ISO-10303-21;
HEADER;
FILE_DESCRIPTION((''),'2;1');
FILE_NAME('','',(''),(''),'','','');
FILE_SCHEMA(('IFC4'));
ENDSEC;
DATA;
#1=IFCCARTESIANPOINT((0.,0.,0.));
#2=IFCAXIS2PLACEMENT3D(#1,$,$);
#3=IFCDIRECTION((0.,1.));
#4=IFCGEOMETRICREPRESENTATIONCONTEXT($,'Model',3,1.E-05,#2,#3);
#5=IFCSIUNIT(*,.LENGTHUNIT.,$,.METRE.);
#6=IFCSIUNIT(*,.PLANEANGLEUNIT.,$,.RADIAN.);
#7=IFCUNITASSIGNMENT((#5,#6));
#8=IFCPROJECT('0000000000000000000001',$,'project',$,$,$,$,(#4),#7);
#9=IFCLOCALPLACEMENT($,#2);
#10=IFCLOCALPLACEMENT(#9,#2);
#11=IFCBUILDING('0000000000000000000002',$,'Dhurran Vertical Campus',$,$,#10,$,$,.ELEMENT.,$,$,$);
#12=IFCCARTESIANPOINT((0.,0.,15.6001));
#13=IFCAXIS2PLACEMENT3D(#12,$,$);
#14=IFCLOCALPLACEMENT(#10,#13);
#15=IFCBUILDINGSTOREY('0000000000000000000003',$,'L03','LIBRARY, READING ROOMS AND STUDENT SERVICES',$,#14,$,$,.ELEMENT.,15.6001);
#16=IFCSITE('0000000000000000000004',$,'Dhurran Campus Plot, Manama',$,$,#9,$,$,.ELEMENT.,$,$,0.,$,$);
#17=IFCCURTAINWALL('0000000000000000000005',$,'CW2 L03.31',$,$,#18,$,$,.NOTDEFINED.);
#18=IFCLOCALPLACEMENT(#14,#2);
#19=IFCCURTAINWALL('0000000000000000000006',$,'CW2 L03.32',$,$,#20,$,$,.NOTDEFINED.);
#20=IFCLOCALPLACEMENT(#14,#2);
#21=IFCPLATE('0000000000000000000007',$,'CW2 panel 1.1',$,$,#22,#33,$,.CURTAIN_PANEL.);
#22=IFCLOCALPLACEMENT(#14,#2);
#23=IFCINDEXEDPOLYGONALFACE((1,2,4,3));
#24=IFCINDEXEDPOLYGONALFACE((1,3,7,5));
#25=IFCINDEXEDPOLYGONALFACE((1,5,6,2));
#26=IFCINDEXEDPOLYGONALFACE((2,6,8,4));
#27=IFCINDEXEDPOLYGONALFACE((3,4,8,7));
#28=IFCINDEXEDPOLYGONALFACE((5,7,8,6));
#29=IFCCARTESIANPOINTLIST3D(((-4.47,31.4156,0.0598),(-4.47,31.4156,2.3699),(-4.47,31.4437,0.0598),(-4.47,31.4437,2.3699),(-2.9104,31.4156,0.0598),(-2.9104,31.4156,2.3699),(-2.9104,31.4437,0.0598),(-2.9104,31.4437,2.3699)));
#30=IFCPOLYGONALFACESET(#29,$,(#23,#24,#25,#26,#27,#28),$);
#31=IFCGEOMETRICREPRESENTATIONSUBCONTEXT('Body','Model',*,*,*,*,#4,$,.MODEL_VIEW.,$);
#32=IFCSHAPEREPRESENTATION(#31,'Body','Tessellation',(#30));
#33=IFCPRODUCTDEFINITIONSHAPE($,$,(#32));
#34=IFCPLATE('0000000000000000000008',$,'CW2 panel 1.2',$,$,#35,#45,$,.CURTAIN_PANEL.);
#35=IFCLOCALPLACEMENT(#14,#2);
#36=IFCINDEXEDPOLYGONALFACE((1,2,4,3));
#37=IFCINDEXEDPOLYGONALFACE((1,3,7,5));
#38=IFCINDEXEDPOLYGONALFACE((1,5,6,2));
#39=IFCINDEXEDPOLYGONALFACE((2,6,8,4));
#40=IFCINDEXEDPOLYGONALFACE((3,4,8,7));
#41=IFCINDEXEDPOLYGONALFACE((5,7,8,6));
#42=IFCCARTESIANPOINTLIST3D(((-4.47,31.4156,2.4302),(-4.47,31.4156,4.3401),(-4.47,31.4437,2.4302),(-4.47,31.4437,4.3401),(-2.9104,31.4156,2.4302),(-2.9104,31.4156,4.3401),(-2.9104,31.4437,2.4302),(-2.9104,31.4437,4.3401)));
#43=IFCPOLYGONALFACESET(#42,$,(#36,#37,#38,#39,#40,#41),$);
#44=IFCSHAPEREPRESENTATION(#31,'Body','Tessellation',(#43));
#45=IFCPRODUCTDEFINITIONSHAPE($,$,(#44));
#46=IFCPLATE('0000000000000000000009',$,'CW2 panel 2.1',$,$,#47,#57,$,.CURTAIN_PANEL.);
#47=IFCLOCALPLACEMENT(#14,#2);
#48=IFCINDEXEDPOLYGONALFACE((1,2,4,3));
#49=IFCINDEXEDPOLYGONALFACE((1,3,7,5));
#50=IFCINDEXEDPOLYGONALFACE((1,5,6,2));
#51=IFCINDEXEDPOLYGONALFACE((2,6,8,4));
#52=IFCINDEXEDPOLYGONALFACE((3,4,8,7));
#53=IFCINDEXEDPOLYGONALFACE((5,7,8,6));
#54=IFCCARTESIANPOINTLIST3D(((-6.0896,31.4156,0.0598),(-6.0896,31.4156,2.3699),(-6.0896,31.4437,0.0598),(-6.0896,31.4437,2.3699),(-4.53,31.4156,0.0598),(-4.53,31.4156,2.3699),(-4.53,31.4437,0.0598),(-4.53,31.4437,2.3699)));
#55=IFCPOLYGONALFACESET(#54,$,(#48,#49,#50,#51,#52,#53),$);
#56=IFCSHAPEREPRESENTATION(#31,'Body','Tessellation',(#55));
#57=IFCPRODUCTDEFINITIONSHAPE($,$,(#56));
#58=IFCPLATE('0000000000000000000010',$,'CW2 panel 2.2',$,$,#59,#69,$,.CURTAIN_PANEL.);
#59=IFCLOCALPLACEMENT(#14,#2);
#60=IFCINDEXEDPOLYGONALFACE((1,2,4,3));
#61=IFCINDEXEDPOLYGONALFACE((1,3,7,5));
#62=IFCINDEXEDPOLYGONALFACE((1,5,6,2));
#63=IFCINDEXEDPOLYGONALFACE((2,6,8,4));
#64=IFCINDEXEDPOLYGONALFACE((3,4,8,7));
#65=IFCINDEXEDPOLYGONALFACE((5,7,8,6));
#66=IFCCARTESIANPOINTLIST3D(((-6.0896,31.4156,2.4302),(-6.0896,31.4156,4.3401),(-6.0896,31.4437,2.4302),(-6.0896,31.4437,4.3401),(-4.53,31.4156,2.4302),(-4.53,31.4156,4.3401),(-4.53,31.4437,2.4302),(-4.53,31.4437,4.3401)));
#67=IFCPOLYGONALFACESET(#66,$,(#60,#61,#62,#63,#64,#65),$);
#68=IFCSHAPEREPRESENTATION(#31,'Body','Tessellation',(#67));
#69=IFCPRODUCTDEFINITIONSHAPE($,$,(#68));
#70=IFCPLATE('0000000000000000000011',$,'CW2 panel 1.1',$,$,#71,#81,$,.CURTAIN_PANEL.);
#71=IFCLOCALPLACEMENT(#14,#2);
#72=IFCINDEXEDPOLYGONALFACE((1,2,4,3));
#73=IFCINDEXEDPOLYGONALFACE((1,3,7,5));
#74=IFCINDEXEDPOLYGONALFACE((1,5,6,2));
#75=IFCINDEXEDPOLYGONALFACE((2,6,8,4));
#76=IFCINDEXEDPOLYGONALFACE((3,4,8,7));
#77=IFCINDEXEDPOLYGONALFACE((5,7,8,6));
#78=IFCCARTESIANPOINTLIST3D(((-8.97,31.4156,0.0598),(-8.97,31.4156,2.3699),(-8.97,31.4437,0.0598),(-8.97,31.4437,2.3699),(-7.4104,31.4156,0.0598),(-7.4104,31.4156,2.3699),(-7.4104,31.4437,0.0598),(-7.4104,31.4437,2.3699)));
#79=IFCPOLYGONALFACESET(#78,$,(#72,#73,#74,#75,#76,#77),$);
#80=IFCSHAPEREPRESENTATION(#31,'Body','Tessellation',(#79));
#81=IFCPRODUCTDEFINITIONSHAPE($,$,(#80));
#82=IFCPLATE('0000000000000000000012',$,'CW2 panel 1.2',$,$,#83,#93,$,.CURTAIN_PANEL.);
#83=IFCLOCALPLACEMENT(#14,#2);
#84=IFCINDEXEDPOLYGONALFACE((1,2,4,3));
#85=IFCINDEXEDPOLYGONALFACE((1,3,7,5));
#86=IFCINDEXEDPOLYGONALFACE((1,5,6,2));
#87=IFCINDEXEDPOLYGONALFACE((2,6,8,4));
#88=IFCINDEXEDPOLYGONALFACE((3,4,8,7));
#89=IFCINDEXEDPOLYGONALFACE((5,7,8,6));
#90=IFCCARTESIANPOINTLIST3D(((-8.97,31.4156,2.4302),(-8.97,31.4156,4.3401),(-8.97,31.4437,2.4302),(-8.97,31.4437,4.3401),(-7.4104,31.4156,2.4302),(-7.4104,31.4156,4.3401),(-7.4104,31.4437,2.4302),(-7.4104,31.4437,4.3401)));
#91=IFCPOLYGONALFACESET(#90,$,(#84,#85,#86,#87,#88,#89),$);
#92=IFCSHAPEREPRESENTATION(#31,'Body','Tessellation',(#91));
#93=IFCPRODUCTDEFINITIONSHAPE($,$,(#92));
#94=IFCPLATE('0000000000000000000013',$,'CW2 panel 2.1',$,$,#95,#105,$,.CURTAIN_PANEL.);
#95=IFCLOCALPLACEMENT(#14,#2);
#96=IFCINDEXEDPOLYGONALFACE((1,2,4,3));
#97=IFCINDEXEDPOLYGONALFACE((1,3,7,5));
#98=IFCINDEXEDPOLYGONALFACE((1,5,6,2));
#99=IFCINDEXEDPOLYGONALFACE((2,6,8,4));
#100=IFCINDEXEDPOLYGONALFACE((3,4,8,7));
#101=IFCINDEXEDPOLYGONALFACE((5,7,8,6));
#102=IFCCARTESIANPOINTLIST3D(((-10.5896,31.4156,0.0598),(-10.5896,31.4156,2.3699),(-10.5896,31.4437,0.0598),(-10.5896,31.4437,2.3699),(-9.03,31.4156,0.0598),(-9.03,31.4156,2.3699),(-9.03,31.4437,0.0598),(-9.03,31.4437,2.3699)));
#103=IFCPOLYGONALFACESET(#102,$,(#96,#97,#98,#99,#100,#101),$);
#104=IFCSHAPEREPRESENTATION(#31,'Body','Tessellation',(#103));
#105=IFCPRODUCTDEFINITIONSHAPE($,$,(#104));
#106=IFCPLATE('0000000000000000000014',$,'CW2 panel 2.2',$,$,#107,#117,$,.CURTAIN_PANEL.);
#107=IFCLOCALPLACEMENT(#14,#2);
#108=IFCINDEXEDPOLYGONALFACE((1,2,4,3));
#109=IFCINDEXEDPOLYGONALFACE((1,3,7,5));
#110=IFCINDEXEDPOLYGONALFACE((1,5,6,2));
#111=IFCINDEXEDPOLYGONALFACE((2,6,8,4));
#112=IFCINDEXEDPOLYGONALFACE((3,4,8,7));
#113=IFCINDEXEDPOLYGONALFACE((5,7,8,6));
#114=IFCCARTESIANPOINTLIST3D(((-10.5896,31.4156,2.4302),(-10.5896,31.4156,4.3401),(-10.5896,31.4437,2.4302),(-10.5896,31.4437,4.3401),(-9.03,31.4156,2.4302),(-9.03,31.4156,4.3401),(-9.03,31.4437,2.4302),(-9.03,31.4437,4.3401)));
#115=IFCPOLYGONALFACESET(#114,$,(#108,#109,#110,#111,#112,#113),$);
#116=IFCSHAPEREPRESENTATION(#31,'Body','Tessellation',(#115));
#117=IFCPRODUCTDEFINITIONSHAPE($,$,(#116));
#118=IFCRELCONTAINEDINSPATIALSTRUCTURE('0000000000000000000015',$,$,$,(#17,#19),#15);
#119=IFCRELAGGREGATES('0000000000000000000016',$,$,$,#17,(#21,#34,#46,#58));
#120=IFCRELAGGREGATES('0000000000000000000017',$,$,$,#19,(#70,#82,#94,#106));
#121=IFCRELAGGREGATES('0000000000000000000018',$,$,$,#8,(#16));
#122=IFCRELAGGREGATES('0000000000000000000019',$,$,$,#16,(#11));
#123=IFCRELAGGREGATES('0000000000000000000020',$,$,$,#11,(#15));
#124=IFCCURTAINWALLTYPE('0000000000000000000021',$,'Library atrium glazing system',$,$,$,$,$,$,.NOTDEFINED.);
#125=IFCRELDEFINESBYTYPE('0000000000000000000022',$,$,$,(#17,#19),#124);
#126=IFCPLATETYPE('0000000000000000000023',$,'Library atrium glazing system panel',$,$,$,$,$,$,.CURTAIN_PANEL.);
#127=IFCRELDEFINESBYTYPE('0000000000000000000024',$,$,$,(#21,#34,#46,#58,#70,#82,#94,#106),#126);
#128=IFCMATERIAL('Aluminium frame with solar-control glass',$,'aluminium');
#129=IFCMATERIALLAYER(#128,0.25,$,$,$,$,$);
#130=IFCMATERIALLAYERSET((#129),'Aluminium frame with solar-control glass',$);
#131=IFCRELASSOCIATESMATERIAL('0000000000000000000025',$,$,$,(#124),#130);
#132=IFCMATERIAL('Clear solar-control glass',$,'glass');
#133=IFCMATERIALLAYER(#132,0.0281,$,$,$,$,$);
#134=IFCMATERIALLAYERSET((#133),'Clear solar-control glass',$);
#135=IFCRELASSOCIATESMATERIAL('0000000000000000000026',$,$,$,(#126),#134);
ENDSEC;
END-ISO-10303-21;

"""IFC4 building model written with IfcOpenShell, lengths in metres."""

from ifc_helpers import new_model, si_unit, direction, frame, origin, origin_2d, place, context, subcontext, project, spatial, rectangle, extrude, material, layer, layer_set, type_object, element, aggregate, save


model = new_model("IFC4")

# Units and contexts
model_context = context("Model", 3, precision=1e-05, world=origin(), true_north=direction((0.0, 1.0)))
body_context = subcontext(model_context, "Body", "Model", "MODEL_VIEW")
ifc_project = project(units=[si_unit("LENGTHUNIT", "METRE"), si_unit("PLANEANGLEUNIT", "RADIAN")], contexts=[model_context])

# Site, building, storey
site_placement = place(None, origin())
site = spatial("IfcSite", under=ifc_project, at=site_placement, Name="Dhurran Campus Plot, Manama", CompositionType="ELEMENT", RefElevation=0.0)
building_placement = place(site_placement, origin())
building = spatial("IfcBuilding", under=site, at=building_placement, Name="Dhurran Vertical Campus", CompositionType="ELEMENT")
storey_placement = place(building_placement, frame((0.0, 0.0, 15.6001)))
storey = spatial("IfcBuildingStorey", under=building, at=storey_placement, Name="L03", Description="LIBRARY, READING ROOMS AND STUDENT SERVICES", CompositionType="ELEMENT", Elevation=15.6001)

# Curtain walls
ifc_material_1 = material(Name="Aluminium frame with solar-control glass", Category="aluminium")
ifc_layer_1 = layer(ifc_material_1, 0.25)
ifc_layer_set_1 = layer_set([ifc_layer_1], Name="Aluminium frame with solar-control glass")
curtain_wall_type = type_object("IfcCurtainWallType", Name="Library atrium glazing system", PredefinedType="NOTDEFINED", material=ifc_layer_set_1)
curtain_wall_1_placement = place(storey_placement, origin())
curtain_wall_1 = element("IfcCurtainWall", 1, at=curtain_wall_1_placement, inside=storey, type_object=curtain_wall_type, Name="CW2 L03.31", PredefinedType="NOTDEFINED")
curtain_wall_2_placement = place(storey_placement, origin())
curtain_wall_2 = element("IfcCurtainWall", 2, at=curtain_wall_2_placement, inside=storey, type_object=curtain_wall_type, Name="CW2 L03.32", PredefinedType="NOTDEFINED")

# Plates
ifc_material_2 = material(Name="Clear solar-control glass", Category="glass")
ifc_layer_2 = layer(ifc_material_2, 0.0281)
ifc_layer_set_2 = layer_set([ifc_layer_2], Name="Clear solar-control glass")
plate_type = type_object("IfcPlateType", Name="Library atrium glazing system panel", PredefinedType="CURTAIN_PANEL", material=ifc_layer_set_2)
plate_1_placement = place(storey_placement, frame((-3.6902, 31.4297, 0.0598), z_axis=(0.0, 0.0, 1.0), x_axis=(-1.0, 0.0, 0.0)))
plate_1 = element("IfcPlate", 3, at=plate_1_placement, type_object=plate_type, Name="CW2 panel 1.1", PredefinedType="CURTAIN_PANEL", context=body_context, shape_type="SweptSolid", body=[
    extrude(rectangle(XDim=1.5596, YDim=0.0281, at=origin_2d()), origin(), (0.0, 0.0, 1.0), 2.3101),
])
plate_2_placement = place(storey_placement, frame((-3.6902, 31.4297, 2.4302), z_axis=(0.0, 0.0, 1.0), x_axis=(-1.0, 0.0, 0.0)))
plate_2 = element("IfcPlate", 4, at=plate_2_placement, type_object=plate_type, Name="CW2 panel 1.2", PredefinedType="CURTAIN_PANEL", context=body_context, shape_type="SweptSolid", body=[
    extrude(rectangle(XDim=1.5596, YDim=0.0281, at=origin_2d()), origin(), (0.0, 0.0, 1.0), 1.9099),
])
plate_3_placement = place(storey_placement, frame((-5.3098, 31.4297, 0.0598), z_axis=(0.0, 0.0, 1.0), x_axis=(-1.0, 0.0, 0.0)))
plate_3 = element("IfcPlate", 5, at=plate_3_placement, type_object=plate_type, Name="CW2 panel 2.1", PredefinedType="CURTAIN_PANEL", context=body_context, shape_type="SweptSolid", body=[
    extrude(rectangle(XDim=1.5596, YDim=0.0281, at=origin_2d()), origin(), (0.0, 0.0, 1.0), 2.3101),
])
plate_4_placement = place(storey_placement, frame((-5.3098, 31.4297, 2.4302), z_axis=(0.0, 0.0, 1.0), x_axis=(-1.0, 0.0, 0.0)))
plate_4 = element("IfcPlate", 6, at=plate_4_placement, type_object=plate_type, Name="CW2 panel 2.2", PredefinedType="CURTAIN_PANEL", context=body_context, shape_type="SweptSolid", body=[
    extrude(rectangle(XDim=1.5596, YDim=0.0281, at=origin_2d()), origin(), (0.0, 0.0, 1.0), 1.9099),
])
aggregate(curtain_wall_1, [plate_1, plate_2, plate_3, plate_4])
plate_5_placement = place(storey_placement, frame((-8.1902, 31.4297, 0.0598), z_axis=(0.0, 0.0, 1.0), x_axis=(-1.0, 0.0, 0.0)))
plate_5 = element("IfcPlate", 7, at=plate_5_placement, type_object=plate_type, Name="CW2 panel 1.1", PredefinedType="CURTAIN_PANEL", context=body_context, shape_type="SweptSolid", body=[
    extrude(rectangle(XDim=1.5596, YDim=0.0281, at=origin_2d()), origin(), (0.0, 0.0, 1.0), 2.3101),
])
plate_6_placement = place(storey_placement, frame((-8.1902, 31.4297, 2.4302), z_axis=(0.0, 0.0, 1.0), x_axis=(-1.0, 0.0, 0.0)))
plate_6 = element("IfcPlate", 8, at=plate_6_placement, type_object=plate_type, Name="CW2 panel 1.2", PredefinedType="CURTAIN_PANEL", context=body_context, shape_type="SweptSolid", body=[
    extrude(rectangle(XDim=1.5596, YDim=0.0281, at=origin_2d()), origin(), (0.0, 0.0, 1.0), 1.9099),
])
plate_7_placement = place(storey_placement, frame((-9.8098, 31.4297, 0.0598), z_axis=(0.0, 0.0, 1.0), x_axis=(-1.0, 0.0, 0.0)))
plate_7 = element("IfcPlate", 9, at=plate_7_placement, type_object=plate_type, Name="CW2 panel 2.1", PredefinedType="CURTAIN_PANEL", context=body_context, shape_type="SweptSolid", body=[
    extrude(rectangle(XDim=1.5596, YDim=0.0281, at=origin_2d()), origin(), (0.0, 0.0, 1.0), 2.3101),
])
plate_8_placement = place(storey_placement, frame((-9.8098, 31.4297, 2.4302), z_axis=(0.0, 0.0, 1.0), x_axis=(-1.0, 0.0, 0.0)))
plate_8 = element("IfcPlate", 10, at=plate_8_placement, type_object=plate_type, Name="CW2 panel 2.2", PredefinedType="CURTAIN_PANEL", context=body_context, shape_type="SweptSolid", body=[
    extrude(rectangle(XDim=1.5596, YDim=0.0281, at=origin_2d()), origin(), (0.0, 0.0, 1.0), 1.9099),
])
aggregate(curtain_wall_2, [plate_5, plate_6, plate_7, plate_8])

save(model, "model.ifc")
